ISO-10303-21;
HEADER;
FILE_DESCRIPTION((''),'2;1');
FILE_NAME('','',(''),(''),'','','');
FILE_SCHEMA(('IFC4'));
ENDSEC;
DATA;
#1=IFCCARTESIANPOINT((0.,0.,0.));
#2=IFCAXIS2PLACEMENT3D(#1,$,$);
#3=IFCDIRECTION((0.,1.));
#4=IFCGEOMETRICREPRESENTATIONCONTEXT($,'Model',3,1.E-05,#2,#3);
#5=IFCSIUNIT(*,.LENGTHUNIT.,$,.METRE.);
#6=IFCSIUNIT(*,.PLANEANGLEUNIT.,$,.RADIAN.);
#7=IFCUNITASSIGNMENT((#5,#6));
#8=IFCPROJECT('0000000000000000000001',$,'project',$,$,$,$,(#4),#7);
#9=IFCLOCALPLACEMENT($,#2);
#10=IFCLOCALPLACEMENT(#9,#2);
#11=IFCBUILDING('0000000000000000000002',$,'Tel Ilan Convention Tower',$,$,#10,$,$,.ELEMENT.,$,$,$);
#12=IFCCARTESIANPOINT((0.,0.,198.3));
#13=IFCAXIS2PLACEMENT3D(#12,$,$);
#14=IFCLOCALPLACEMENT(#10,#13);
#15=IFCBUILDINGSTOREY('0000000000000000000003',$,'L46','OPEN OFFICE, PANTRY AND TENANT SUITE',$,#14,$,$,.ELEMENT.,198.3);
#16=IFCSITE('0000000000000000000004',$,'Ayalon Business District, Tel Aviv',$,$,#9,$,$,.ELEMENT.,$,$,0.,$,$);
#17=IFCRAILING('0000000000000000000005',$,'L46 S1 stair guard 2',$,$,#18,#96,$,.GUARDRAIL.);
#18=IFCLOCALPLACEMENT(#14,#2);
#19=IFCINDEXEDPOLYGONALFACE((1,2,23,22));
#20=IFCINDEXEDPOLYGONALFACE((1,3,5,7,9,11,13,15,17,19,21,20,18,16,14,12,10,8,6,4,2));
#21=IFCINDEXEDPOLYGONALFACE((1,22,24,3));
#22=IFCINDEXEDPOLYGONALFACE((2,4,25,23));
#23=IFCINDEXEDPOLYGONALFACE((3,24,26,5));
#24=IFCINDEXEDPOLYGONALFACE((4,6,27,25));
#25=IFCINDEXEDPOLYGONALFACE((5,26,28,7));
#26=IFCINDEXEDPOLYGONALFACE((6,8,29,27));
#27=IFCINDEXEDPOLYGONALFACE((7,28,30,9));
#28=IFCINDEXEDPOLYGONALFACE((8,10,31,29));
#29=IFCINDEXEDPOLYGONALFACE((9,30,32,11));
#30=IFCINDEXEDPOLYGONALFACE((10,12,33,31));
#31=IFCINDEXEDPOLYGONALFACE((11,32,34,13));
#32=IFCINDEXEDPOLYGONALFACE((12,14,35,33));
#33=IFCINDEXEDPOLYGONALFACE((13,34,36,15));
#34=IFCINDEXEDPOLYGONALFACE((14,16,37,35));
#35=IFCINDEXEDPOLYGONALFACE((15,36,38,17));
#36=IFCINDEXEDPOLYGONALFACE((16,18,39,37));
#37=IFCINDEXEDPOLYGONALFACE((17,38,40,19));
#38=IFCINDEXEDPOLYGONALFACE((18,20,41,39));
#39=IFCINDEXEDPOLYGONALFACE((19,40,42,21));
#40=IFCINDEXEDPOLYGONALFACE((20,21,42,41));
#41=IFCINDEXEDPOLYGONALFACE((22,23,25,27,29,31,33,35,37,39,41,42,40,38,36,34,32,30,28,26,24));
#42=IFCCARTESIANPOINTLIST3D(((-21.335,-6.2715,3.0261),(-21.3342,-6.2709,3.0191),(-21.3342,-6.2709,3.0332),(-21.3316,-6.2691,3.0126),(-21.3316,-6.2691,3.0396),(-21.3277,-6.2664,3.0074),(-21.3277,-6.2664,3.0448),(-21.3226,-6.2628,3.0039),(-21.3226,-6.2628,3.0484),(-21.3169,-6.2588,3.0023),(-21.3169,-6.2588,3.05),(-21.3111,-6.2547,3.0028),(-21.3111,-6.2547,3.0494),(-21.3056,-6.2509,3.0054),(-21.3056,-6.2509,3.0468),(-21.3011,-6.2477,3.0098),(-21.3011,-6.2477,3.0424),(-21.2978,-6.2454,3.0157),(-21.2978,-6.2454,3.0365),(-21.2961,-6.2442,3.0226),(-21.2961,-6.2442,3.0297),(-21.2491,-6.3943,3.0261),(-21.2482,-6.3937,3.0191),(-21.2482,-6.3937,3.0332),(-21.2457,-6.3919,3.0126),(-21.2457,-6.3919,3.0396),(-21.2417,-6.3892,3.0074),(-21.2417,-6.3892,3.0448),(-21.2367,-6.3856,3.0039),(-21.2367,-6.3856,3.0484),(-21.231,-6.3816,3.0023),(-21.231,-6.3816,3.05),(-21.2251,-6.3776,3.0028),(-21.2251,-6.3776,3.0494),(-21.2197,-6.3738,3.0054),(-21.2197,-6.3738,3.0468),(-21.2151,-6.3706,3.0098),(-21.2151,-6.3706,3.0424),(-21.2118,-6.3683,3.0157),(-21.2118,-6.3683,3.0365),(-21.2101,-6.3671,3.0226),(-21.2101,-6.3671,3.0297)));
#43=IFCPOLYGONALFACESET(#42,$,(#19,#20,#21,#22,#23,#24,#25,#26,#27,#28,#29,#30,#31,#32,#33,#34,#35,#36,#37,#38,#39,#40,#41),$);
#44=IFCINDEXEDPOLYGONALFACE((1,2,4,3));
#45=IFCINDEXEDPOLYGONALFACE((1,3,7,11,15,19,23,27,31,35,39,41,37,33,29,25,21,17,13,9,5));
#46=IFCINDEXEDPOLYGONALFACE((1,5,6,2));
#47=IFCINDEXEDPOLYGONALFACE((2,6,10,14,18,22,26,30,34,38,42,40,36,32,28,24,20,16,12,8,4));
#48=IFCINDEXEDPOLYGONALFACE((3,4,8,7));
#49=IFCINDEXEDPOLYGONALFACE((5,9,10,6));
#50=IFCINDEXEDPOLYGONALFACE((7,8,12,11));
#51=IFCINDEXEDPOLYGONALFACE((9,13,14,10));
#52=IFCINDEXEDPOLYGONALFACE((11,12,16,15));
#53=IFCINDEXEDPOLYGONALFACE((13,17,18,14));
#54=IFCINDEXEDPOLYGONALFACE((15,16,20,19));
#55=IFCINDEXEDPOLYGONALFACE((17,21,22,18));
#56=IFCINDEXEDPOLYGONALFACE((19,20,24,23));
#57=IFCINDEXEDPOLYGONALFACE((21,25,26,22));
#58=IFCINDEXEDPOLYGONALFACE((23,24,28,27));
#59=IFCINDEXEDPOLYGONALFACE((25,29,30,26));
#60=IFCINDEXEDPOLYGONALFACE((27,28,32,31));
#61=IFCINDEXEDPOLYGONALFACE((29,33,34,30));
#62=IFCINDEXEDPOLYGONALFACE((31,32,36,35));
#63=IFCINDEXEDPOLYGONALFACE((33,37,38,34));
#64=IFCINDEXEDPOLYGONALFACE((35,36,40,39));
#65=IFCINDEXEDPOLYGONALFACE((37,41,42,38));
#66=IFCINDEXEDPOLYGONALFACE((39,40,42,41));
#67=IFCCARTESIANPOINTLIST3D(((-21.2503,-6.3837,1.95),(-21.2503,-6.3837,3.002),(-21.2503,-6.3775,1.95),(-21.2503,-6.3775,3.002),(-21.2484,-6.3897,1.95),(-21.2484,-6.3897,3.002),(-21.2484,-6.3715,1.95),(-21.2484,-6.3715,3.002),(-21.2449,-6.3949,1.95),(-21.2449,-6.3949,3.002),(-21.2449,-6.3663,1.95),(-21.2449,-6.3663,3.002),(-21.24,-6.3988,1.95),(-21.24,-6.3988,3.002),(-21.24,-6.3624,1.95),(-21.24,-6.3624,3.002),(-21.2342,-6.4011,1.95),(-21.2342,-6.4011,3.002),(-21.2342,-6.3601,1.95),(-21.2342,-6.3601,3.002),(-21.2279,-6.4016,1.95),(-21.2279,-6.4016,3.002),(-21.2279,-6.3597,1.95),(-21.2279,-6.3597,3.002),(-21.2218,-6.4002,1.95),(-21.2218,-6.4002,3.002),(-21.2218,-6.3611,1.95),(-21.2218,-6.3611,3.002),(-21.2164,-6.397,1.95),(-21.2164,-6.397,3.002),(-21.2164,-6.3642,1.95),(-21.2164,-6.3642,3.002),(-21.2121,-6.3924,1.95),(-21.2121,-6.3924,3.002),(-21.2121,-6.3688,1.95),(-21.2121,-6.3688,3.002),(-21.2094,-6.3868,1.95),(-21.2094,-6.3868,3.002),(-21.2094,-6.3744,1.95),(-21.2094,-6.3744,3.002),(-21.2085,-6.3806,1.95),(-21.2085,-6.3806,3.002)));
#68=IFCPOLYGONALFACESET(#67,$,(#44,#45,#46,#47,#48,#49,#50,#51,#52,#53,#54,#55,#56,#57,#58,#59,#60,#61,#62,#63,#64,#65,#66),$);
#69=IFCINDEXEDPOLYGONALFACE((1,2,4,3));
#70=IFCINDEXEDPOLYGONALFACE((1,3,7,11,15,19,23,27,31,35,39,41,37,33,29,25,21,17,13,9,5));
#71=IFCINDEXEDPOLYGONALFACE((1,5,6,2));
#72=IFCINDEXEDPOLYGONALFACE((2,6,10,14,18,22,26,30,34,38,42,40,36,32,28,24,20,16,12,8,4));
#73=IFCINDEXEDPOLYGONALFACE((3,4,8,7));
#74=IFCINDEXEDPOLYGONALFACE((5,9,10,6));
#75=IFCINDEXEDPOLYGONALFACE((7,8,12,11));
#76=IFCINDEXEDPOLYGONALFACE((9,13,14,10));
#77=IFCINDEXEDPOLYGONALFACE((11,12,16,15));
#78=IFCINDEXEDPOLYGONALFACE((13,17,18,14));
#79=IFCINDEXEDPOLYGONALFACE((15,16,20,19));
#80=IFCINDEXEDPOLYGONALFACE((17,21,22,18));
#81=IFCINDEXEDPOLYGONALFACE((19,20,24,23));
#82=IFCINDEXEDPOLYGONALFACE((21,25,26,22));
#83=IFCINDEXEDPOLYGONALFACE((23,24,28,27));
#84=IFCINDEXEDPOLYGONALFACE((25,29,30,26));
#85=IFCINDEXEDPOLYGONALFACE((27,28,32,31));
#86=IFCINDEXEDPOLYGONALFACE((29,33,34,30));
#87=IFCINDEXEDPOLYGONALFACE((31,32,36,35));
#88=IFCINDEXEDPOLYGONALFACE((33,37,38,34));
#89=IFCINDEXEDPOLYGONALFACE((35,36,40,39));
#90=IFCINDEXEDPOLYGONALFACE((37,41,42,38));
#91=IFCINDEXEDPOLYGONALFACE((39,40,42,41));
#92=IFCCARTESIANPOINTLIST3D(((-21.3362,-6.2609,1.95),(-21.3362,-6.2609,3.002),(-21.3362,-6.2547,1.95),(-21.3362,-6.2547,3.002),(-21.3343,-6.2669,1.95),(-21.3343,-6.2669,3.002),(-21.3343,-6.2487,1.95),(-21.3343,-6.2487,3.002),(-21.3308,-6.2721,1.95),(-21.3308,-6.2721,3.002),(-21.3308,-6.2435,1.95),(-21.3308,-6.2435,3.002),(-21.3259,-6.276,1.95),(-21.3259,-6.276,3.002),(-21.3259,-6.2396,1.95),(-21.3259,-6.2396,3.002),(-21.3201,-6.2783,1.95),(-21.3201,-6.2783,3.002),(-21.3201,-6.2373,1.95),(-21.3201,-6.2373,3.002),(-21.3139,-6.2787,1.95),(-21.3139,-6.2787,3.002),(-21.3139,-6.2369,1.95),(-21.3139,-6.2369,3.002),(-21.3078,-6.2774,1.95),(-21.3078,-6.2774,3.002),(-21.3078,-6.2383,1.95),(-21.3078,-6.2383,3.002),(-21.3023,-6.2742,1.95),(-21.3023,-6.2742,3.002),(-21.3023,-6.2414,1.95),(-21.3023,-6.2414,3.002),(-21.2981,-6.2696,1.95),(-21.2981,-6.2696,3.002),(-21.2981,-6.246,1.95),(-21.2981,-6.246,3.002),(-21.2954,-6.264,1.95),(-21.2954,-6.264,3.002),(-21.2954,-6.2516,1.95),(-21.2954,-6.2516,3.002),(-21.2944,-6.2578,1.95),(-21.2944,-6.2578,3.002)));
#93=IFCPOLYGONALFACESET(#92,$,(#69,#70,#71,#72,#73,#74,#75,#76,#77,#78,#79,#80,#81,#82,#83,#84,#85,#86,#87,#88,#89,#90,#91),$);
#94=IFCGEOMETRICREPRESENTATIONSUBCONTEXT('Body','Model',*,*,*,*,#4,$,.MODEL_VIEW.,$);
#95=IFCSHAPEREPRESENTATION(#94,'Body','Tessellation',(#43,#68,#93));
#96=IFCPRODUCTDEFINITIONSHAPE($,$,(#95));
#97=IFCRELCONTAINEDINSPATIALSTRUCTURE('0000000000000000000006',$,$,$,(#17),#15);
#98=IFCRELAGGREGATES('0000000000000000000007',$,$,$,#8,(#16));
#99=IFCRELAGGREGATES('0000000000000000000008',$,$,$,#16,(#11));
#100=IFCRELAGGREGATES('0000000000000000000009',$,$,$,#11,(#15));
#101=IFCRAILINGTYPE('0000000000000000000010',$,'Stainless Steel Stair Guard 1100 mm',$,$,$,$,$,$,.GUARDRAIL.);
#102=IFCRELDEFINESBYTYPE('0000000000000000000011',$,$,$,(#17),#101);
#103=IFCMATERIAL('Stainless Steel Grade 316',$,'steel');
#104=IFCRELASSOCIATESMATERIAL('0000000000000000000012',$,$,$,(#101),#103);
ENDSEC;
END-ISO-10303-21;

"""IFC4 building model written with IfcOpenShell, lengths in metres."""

from ifc_helpers import new_model, si_unit, direction, frame, origin, origin_2d, place, context, subcontext, project, spatial, circle, extrude, material, type_object, element, save


model = new_model("IFC4")

# Units and contexts
model_context = context("Model", 3, precision=1e-05, world=origin(), true_north=direction((0.0, 1.0)))
body_context = subcontext(model_context, "Body", "Model", "MODEL_VIEW")
ifc_project = project(units=[si_unit("LENGTHUNIT", "METRE"), si_unit("PLANEANGLEUNIT", "RADIAN")], contexts=[model_context])

# Site, building, storey
site_placement = place(None, origin())
site = spatial("IfcSite", under=ifc_project, at=site_placement, Name="Ayalon Business District, Tel Aviv", CompositionType="ELEMENT", RefElevation=0.0)
building_placement = place(site_placement, origin())
building = spatial("IfcBuilding", under=site, at=building_placement, Name="Tel Ilan Convention Tower", CompositionType="ELEMENT")
storey_placement = place(building_placement, frame((0.0, 0.0, 198.3)))
storey = spatial("IfcBuildingStorey", under=building, at=storey_placement, Name="L46", Description="OPEN OFFICE, PANTRY AND TENANT SUITE", CompositionType="ELEMENT", Elevation=198.3)

# Railing
ifc_material_1 = material(Name="Stainless Steel Grade 316", Category="steel")
railing_type_1 = type_object("IfcRailingType", Name="Stainless Steel Stair Guard 1100 mm", PredefinedType="GUARDRAIL", material=ifc_material_1)
railing_1_placement = place(storey_placement, frame((-21.2295, -6.3806, 1.95)))
element("IfcRailing", 1, at=railing_1_placement, inside=storey, type_object=railing_type_1, Name="L46 S1 stair guard 2", PredefinedType="GUARDRAIL", context=body_context, shape_type="SweptSolid", body=[
    extrude(circle(Radius=0.0239, at=origin_2d()), frame((0.0, 0.0, 1.0762), z_axis=(-0.573353, 0.819308, 0.0), x_axis=(-0.819308, -0.573353, 0.0)), (0.0, 0.0, 1.0), 0.1499),
    extrude(circle(Radius=0.021, at=origin_2d()), origin(), (0.0, 0.0, 1.0), 1.052),
    extrude(circle(Radius=0.021, at=origin_2d()), frame((-0.0859, 0.1228, 0.0)), (0.0, 0.0, 1.0), 1.052),
])

save(model, "model.ifc")
